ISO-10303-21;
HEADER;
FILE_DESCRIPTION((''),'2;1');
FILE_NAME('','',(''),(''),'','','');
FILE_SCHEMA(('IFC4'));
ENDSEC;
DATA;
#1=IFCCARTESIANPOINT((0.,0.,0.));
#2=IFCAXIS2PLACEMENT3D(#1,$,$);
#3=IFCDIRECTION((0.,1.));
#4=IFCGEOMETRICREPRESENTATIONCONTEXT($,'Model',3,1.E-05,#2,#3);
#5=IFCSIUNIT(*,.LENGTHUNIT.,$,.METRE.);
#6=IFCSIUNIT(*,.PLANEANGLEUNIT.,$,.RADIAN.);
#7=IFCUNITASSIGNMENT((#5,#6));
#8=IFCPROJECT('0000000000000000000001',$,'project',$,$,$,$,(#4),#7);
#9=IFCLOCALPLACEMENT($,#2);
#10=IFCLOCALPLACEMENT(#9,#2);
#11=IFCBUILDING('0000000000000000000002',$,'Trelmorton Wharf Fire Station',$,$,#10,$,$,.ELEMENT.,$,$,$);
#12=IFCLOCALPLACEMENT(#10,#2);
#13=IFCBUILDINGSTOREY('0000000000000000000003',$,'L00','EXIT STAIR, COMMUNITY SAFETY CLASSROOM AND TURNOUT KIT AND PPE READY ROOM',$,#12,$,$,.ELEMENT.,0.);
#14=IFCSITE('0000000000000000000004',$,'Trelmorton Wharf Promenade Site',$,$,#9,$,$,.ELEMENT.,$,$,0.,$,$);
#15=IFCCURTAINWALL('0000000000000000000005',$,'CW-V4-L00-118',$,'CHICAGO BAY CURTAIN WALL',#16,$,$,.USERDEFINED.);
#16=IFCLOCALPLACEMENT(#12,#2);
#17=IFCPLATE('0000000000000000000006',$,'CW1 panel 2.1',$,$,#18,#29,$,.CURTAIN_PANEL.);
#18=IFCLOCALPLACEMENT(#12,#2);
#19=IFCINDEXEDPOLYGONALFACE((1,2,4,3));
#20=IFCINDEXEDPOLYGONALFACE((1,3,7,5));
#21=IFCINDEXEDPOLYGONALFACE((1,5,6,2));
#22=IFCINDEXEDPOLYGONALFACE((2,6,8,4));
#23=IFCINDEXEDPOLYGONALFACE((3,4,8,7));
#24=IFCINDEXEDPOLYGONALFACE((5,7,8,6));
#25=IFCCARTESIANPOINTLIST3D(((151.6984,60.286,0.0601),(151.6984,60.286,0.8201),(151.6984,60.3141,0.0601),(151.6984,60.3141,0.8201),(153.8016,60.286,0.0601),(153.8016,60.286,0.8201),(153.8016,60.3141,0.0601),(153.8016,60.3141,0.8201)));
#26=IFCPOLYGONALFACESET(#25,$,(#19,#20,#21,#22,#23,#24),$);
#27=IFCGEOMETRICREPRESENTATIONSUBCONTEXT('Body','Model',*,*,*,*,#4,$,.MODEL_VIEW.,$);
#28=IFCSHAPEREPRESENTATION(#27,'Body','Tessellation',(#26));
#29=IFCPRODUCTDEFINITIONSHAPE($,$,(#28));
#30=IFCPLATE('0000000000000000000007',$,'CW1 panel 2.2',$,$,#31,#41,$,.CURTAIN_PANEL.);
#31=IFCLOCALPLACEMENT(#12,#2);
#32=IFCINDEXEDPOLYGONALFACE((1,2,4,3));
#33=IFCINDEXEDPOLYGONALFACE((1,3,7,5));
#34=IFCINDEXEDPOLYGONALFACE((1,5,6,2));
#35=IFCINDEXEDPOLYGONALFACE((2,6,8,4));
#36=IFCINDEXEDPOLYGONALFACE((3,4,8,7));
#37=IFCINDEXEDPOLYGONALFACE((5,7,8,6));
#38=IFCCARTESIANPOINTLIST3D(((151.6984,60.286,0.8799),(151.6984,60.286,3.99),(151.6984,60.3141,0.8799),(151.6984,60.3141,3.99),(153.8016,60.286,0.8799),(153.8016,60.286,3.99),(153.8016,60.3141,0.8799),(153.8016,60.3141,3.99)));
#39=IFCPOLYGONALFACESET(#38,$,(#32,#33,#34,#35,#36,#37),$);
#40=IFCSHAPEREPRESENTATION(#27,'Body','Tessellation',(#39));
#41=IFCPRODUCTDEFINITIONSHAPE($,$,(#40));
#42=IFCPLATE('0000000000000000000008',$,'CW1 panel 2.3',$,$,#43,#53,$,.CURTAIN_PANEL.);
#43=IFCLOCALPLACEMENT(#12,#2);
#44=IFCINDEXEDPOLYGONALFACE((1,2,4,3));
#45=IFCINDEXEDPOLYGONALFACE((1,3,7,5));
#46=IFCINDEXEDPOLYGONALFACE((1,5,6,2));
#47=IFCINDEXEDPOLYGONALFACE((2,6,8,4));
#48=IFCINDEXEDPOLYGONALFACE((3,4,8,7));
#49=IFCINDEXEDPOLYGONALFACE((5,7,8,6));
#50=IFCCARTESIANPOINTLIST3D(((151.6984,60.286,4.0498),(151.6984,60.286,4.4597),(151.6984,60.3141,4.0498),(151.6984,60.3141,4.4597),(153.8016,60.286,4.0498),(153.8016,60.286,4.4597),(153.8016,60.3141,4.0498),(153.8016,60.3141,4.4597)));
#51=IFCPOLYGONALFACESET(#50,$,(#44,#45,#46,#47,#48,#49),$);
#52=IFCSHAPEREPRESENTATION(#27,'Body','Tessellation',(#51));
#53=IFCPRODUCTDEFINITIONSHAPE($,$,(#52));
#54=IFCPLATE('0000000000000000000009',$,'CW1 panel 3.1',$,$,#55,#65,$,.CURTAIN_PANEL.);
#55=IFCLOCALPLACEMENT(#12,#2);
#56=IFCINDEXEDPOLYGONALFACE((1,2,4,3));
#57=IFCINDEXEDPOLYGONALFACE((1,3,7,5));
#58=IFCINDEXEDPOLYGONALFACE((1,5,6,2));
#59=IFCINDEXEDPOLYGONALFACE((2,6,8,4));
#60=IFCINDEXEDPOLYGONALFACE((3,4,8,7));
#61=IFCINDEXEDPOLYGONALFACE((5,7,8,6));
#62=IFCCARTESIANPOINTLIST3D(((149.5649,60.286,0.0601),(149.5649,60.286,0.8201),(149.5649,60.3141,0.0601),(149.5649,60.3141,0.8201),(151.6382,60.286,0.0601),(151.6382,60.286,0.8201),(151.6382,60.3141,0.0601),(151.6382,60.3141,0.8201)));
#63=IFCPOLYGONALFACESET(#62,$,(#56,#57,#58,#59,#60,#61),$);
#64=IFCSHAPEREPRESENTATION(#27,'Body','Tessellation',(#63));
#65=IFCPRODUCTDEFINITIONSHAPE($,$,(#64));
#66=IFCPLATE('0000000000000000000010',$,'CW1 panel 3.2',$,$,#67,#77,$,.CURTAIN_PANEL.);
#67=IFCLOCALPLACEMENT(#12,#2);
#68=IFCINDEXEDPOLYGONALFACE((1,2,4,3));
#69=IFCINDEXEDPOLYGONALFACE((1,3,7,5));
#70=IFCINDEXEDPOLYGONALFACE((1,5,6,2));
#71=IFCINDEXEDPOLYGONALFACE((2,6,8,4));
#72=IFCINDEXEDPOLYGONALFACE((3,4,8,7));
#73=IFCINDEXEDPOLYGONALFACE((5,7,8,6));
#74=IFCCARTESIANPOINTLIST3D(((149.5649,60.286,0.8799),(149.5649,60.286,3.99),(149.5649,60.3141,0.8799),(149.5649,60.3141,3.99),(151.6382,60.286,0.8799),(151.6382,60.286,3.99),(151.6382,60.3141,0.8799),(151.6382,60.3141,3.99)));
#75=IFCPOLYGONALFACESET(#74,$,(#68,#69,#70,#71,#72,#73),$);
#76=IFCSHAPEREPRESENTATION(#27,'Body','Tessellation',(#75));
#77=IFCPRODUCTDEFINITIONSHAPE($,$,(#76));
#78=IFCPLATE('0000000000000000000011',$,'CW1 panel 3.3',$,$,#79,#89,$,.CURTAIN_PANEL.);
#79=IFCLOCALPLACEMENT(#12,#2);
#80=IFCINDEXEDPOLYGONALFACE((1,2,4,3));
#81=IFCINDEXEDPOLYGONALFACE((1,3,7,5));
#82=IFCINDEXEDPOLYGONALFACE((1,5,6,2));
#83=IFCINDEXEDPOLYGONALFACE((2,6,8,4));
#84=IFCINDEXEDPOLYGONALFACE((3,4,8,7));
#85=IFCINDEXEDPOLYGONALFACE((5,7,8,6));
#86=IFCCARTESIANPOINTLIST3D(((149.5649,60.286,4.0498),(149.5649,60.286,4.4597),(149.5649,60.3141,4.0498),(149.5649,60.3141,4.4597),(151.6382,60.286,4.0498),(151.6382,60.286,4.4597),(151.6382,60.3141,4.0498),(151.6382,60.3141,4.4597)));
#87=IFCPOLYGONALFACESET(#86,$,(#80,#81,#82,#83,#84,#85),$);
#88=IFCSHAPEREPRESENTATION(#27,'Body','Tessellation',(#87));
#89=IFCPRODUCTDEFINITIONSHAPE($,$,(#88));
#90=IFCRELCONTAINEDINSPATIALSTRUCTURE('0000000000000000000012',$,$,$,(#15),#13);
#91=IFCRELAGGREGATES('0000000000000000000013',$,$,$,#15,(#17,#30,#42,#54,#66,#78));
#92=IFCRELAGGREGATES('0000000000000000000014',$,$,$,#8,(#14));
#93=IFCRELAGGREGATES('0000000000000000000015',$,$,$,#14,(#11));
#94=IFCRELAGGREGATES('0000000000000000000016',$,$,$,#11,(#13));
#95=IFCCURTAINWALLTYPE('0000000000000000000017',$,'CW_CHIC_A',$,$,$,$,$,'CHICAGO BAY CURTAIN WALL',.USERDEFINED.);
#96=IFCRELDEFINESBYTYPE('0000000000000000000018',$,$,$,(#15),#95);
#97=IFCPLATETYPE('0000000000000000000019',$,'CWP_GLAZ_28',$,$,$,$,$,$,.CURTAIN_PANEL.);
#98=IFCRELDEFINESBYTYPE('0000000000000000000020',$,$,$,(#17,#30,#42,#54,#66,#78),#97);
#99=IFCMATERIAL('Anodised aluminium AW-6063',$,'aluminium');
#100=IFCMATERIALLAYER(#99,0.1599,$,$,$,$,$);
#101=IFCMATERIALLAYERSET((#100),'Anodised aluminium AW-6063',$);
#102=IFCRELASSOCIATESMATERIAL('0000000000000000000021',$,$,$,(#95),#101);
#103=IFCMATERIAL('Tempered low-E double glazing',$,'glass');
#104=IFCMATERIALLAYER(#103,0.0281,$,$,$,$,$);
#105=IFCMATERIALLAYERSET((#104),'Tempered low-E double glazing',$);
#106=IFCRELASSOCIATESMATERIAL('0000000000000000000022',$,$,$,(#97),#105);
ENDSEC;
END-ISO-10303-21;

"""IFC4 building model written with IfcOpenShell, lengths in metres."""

from ifc_helpers import new_model, si_unit, direction, frame, origin, origin_2d, place, context, subcontext, project, spatial, rectangle, extrude, material, layer, layer_set, type_object, element, aggregate, save


model = new_model("IFC4")

# Units and contexts
model_context = context("Model", 3, precision=1e-05, world=origin(), true_north=direction((0.0, 1.0)))
body_context = subcontext(model_context, "Body", "Model", "MODEL_VIEW")
ifc_project = project(units=[si_unit("LENGTHUNIT", "METRE"), si_unit("PLANEANGLEUNIT", "RADIAN")], contexts=[model_context])

# Site, building, storey
site_placement = place(None, origin())
site = spatial("IfcSite", under=ifc_project, at=site_placement, Name="Trelmorton Wharf Promenade Site", CompositionType="ELEMENT", RefElevation=0.0)
building_placement = place(site_placement, origin())
building = spatial("IfcBuilding", under=site, at=building_placement, Name="Trelmorton Wharf Fire Station", CompositionType="ELEMENT")
storey_placement = place(building_placement, origin())
storey = spatial("IfcBuildingStorey", under=building, at=storey_placement, Name="L00", Description="EXIT STAIR, COMMUNITY SAFETY CLASSROOM AND TURNOUT KIT AND PPE READY ROOM", CompositionType="ELEMENT", Elevation=0.0)

# Curtain wall
ifc_material_1 = material(Name="Anodised aluminium AW-6063", Category="aluminium")
ifc_layer_1 = layer(ifc_material_1, 0.1599)
ifc_layer_set_1 = layer_set([ifc_layer_1], Name="Anodised aluminium AW-6063")
curtain_wall_type = type_object("IfcCurtainWallType", Name="CW_CHIC_A", ElementType="CHICAGO BAY CURTAIN WALL", PredefinedType="USERDEFINED", material=ifc_layer_set_1)
curtain_wall_placement = place(storey_placement, origin())
curtain_wall = element("IfcCurtainWall", 1, at=curtain_wall_placement, inside=storey, type_object=curtain_wall_type, Name="CW-V4-L00-118", ObjectType="CHICAGO BAY CURTAIN WALL", PredefinedType="USERDEFINED")

# Plates
ifc_material_2 = material(Name="Tempered low-E double glazing", Category="glass")
ifc_layer_2 = layer(ifc_material_2, 0.0281)
ifc_layer_set_2 = layer_set([ifc_layer_2], Name="Tempered low-E double glazing")
plate_type = type_object("IfcPlateType", Name="CWP_GLAZ_28", PredefinedType="CURTAIN_PANEL", material=ifc_layer_set_2)
plate_1_placement = place(storey_placement, frame((152.75, 60.3, 0.0601), z_axis=(0.0, 0.0, 1.0), x_axis=(-1.0, 0.0, 0.0)))
plate_1 = element("IfcPlate", 2, at=plate_1_placement, type_object=plate_type, Name="CW1 panel 2.1", PredefinedType="CURTAIN_PANEL", context=body_context, shape_type="SweptSolid", body=[
    extrude(rectangle(XDim=2.1033, YDim=0.0281, at=origin_2d()), origin(), (0.0, 0.0, 1.0), 0.76),
])
plate_2_placement = place(storey_placement, frame((152.75, 60.3, 0.8799), z_axis=(0.0, 0.0, 1.0), x_axis=(-1.0, 0.0, 0.0)))
plate_2 = element("IfcPlate", 3, at=plate_2_placement, type_object=plate_type, Name="CW1 panel 2.2", PredefinedType="CURTAIN_PANEL", context=body_context, shape_type="SweptSolid", body=[
    extrude(rectangle(XDim=2.1033, YDim=0.0281, at=origin_2d()), origin(), (0.0, 0.0, 1.0), 3.1101),
])
plate_3_placement = place(storey_placement, frame((152.75, 60.3, 4.0498), z_axis=(0.0, 0.0, 1.0), x_axis=(-1.0, 0.0, 0.0)))
plate_3 = element("IfcPlate", 4, at=plate_3_placement, type_object=plate_type, Name="CW1 panel 2.3", PredefinedType="CURTAIN_PANEL", context=body_context, shape_type="SweptSolid", body=[
    extrude(rectangle(XDim=2.1033, YDim=0.0281, at=origin_2d()), origin(), (0.0, 0.0, 1.0), 0.4099),
])
plate_4_placement = place(storey_placement, frame((150.6016, 60.3, 0.0601), z_axis=(0.0, 0.0, 1.0), x_axis=(-1.0, 0.0, 0.0)))
plate_4 = element("IfcPlate", 5, at=plate_4_placement, type_object=plate_type, Name="CW1 panel 3.1", PredefinedType="CURTAIN_PANEL", context=body_context, shape_type="SweptSolid", body=[
    extrude(rectangle(XDim=2.0732, YDim=0.0281, at=origin_2d()), origin(), (0.0, 0.0, 1.0), 0.76),
])
plate_5_placement = place(storey_placement, frame((150.6016, 60.3, 0.8799), z_axis=(0.0, 0.0, 1.0), x_axis=(-1.0, 0.0, 0.0)))
plate_5 = element("IfcPlate", 6, at=plate_5_placement, type_object=plate_type, Name="CW1 panel 3.2", PredefinedType="CURTAIN_PANEL", context=body_context, shape_type="SweptSolid", body=[
    extrude(rectangle(XDim=2.0732, YDim=0.0281, at=origin_2d()), origin(), (0.0, 0.0, 1.0), 3.1101),
])
plate_6_placement = place(storey_placement, frame((150.6016, 60.3, 4.0498), z_axis=(0.0, 0.0, 1.0), x_axis=(-1.0, 0.0, 0.0)))
plate_6 = element("IfcPlate", 7, at=plate_6_placement, type_object=plate_type, Name="CW1 panel 3.3", PredefinedType="CURTAIN_PANEL", context=body_context, shape_type="SweptSolid", body=[
    extrude(rectangle(XDim=2.0732, YDim=0.0281, at=origin_2d()), origin(), (0.0, 0.0, 1.0), 0.4099),
])
aggregate(curtain_wall, [plate_1, plate_2, plate_3, plate_4, plate_5, plate_6])

save(model, "model.ifc")
